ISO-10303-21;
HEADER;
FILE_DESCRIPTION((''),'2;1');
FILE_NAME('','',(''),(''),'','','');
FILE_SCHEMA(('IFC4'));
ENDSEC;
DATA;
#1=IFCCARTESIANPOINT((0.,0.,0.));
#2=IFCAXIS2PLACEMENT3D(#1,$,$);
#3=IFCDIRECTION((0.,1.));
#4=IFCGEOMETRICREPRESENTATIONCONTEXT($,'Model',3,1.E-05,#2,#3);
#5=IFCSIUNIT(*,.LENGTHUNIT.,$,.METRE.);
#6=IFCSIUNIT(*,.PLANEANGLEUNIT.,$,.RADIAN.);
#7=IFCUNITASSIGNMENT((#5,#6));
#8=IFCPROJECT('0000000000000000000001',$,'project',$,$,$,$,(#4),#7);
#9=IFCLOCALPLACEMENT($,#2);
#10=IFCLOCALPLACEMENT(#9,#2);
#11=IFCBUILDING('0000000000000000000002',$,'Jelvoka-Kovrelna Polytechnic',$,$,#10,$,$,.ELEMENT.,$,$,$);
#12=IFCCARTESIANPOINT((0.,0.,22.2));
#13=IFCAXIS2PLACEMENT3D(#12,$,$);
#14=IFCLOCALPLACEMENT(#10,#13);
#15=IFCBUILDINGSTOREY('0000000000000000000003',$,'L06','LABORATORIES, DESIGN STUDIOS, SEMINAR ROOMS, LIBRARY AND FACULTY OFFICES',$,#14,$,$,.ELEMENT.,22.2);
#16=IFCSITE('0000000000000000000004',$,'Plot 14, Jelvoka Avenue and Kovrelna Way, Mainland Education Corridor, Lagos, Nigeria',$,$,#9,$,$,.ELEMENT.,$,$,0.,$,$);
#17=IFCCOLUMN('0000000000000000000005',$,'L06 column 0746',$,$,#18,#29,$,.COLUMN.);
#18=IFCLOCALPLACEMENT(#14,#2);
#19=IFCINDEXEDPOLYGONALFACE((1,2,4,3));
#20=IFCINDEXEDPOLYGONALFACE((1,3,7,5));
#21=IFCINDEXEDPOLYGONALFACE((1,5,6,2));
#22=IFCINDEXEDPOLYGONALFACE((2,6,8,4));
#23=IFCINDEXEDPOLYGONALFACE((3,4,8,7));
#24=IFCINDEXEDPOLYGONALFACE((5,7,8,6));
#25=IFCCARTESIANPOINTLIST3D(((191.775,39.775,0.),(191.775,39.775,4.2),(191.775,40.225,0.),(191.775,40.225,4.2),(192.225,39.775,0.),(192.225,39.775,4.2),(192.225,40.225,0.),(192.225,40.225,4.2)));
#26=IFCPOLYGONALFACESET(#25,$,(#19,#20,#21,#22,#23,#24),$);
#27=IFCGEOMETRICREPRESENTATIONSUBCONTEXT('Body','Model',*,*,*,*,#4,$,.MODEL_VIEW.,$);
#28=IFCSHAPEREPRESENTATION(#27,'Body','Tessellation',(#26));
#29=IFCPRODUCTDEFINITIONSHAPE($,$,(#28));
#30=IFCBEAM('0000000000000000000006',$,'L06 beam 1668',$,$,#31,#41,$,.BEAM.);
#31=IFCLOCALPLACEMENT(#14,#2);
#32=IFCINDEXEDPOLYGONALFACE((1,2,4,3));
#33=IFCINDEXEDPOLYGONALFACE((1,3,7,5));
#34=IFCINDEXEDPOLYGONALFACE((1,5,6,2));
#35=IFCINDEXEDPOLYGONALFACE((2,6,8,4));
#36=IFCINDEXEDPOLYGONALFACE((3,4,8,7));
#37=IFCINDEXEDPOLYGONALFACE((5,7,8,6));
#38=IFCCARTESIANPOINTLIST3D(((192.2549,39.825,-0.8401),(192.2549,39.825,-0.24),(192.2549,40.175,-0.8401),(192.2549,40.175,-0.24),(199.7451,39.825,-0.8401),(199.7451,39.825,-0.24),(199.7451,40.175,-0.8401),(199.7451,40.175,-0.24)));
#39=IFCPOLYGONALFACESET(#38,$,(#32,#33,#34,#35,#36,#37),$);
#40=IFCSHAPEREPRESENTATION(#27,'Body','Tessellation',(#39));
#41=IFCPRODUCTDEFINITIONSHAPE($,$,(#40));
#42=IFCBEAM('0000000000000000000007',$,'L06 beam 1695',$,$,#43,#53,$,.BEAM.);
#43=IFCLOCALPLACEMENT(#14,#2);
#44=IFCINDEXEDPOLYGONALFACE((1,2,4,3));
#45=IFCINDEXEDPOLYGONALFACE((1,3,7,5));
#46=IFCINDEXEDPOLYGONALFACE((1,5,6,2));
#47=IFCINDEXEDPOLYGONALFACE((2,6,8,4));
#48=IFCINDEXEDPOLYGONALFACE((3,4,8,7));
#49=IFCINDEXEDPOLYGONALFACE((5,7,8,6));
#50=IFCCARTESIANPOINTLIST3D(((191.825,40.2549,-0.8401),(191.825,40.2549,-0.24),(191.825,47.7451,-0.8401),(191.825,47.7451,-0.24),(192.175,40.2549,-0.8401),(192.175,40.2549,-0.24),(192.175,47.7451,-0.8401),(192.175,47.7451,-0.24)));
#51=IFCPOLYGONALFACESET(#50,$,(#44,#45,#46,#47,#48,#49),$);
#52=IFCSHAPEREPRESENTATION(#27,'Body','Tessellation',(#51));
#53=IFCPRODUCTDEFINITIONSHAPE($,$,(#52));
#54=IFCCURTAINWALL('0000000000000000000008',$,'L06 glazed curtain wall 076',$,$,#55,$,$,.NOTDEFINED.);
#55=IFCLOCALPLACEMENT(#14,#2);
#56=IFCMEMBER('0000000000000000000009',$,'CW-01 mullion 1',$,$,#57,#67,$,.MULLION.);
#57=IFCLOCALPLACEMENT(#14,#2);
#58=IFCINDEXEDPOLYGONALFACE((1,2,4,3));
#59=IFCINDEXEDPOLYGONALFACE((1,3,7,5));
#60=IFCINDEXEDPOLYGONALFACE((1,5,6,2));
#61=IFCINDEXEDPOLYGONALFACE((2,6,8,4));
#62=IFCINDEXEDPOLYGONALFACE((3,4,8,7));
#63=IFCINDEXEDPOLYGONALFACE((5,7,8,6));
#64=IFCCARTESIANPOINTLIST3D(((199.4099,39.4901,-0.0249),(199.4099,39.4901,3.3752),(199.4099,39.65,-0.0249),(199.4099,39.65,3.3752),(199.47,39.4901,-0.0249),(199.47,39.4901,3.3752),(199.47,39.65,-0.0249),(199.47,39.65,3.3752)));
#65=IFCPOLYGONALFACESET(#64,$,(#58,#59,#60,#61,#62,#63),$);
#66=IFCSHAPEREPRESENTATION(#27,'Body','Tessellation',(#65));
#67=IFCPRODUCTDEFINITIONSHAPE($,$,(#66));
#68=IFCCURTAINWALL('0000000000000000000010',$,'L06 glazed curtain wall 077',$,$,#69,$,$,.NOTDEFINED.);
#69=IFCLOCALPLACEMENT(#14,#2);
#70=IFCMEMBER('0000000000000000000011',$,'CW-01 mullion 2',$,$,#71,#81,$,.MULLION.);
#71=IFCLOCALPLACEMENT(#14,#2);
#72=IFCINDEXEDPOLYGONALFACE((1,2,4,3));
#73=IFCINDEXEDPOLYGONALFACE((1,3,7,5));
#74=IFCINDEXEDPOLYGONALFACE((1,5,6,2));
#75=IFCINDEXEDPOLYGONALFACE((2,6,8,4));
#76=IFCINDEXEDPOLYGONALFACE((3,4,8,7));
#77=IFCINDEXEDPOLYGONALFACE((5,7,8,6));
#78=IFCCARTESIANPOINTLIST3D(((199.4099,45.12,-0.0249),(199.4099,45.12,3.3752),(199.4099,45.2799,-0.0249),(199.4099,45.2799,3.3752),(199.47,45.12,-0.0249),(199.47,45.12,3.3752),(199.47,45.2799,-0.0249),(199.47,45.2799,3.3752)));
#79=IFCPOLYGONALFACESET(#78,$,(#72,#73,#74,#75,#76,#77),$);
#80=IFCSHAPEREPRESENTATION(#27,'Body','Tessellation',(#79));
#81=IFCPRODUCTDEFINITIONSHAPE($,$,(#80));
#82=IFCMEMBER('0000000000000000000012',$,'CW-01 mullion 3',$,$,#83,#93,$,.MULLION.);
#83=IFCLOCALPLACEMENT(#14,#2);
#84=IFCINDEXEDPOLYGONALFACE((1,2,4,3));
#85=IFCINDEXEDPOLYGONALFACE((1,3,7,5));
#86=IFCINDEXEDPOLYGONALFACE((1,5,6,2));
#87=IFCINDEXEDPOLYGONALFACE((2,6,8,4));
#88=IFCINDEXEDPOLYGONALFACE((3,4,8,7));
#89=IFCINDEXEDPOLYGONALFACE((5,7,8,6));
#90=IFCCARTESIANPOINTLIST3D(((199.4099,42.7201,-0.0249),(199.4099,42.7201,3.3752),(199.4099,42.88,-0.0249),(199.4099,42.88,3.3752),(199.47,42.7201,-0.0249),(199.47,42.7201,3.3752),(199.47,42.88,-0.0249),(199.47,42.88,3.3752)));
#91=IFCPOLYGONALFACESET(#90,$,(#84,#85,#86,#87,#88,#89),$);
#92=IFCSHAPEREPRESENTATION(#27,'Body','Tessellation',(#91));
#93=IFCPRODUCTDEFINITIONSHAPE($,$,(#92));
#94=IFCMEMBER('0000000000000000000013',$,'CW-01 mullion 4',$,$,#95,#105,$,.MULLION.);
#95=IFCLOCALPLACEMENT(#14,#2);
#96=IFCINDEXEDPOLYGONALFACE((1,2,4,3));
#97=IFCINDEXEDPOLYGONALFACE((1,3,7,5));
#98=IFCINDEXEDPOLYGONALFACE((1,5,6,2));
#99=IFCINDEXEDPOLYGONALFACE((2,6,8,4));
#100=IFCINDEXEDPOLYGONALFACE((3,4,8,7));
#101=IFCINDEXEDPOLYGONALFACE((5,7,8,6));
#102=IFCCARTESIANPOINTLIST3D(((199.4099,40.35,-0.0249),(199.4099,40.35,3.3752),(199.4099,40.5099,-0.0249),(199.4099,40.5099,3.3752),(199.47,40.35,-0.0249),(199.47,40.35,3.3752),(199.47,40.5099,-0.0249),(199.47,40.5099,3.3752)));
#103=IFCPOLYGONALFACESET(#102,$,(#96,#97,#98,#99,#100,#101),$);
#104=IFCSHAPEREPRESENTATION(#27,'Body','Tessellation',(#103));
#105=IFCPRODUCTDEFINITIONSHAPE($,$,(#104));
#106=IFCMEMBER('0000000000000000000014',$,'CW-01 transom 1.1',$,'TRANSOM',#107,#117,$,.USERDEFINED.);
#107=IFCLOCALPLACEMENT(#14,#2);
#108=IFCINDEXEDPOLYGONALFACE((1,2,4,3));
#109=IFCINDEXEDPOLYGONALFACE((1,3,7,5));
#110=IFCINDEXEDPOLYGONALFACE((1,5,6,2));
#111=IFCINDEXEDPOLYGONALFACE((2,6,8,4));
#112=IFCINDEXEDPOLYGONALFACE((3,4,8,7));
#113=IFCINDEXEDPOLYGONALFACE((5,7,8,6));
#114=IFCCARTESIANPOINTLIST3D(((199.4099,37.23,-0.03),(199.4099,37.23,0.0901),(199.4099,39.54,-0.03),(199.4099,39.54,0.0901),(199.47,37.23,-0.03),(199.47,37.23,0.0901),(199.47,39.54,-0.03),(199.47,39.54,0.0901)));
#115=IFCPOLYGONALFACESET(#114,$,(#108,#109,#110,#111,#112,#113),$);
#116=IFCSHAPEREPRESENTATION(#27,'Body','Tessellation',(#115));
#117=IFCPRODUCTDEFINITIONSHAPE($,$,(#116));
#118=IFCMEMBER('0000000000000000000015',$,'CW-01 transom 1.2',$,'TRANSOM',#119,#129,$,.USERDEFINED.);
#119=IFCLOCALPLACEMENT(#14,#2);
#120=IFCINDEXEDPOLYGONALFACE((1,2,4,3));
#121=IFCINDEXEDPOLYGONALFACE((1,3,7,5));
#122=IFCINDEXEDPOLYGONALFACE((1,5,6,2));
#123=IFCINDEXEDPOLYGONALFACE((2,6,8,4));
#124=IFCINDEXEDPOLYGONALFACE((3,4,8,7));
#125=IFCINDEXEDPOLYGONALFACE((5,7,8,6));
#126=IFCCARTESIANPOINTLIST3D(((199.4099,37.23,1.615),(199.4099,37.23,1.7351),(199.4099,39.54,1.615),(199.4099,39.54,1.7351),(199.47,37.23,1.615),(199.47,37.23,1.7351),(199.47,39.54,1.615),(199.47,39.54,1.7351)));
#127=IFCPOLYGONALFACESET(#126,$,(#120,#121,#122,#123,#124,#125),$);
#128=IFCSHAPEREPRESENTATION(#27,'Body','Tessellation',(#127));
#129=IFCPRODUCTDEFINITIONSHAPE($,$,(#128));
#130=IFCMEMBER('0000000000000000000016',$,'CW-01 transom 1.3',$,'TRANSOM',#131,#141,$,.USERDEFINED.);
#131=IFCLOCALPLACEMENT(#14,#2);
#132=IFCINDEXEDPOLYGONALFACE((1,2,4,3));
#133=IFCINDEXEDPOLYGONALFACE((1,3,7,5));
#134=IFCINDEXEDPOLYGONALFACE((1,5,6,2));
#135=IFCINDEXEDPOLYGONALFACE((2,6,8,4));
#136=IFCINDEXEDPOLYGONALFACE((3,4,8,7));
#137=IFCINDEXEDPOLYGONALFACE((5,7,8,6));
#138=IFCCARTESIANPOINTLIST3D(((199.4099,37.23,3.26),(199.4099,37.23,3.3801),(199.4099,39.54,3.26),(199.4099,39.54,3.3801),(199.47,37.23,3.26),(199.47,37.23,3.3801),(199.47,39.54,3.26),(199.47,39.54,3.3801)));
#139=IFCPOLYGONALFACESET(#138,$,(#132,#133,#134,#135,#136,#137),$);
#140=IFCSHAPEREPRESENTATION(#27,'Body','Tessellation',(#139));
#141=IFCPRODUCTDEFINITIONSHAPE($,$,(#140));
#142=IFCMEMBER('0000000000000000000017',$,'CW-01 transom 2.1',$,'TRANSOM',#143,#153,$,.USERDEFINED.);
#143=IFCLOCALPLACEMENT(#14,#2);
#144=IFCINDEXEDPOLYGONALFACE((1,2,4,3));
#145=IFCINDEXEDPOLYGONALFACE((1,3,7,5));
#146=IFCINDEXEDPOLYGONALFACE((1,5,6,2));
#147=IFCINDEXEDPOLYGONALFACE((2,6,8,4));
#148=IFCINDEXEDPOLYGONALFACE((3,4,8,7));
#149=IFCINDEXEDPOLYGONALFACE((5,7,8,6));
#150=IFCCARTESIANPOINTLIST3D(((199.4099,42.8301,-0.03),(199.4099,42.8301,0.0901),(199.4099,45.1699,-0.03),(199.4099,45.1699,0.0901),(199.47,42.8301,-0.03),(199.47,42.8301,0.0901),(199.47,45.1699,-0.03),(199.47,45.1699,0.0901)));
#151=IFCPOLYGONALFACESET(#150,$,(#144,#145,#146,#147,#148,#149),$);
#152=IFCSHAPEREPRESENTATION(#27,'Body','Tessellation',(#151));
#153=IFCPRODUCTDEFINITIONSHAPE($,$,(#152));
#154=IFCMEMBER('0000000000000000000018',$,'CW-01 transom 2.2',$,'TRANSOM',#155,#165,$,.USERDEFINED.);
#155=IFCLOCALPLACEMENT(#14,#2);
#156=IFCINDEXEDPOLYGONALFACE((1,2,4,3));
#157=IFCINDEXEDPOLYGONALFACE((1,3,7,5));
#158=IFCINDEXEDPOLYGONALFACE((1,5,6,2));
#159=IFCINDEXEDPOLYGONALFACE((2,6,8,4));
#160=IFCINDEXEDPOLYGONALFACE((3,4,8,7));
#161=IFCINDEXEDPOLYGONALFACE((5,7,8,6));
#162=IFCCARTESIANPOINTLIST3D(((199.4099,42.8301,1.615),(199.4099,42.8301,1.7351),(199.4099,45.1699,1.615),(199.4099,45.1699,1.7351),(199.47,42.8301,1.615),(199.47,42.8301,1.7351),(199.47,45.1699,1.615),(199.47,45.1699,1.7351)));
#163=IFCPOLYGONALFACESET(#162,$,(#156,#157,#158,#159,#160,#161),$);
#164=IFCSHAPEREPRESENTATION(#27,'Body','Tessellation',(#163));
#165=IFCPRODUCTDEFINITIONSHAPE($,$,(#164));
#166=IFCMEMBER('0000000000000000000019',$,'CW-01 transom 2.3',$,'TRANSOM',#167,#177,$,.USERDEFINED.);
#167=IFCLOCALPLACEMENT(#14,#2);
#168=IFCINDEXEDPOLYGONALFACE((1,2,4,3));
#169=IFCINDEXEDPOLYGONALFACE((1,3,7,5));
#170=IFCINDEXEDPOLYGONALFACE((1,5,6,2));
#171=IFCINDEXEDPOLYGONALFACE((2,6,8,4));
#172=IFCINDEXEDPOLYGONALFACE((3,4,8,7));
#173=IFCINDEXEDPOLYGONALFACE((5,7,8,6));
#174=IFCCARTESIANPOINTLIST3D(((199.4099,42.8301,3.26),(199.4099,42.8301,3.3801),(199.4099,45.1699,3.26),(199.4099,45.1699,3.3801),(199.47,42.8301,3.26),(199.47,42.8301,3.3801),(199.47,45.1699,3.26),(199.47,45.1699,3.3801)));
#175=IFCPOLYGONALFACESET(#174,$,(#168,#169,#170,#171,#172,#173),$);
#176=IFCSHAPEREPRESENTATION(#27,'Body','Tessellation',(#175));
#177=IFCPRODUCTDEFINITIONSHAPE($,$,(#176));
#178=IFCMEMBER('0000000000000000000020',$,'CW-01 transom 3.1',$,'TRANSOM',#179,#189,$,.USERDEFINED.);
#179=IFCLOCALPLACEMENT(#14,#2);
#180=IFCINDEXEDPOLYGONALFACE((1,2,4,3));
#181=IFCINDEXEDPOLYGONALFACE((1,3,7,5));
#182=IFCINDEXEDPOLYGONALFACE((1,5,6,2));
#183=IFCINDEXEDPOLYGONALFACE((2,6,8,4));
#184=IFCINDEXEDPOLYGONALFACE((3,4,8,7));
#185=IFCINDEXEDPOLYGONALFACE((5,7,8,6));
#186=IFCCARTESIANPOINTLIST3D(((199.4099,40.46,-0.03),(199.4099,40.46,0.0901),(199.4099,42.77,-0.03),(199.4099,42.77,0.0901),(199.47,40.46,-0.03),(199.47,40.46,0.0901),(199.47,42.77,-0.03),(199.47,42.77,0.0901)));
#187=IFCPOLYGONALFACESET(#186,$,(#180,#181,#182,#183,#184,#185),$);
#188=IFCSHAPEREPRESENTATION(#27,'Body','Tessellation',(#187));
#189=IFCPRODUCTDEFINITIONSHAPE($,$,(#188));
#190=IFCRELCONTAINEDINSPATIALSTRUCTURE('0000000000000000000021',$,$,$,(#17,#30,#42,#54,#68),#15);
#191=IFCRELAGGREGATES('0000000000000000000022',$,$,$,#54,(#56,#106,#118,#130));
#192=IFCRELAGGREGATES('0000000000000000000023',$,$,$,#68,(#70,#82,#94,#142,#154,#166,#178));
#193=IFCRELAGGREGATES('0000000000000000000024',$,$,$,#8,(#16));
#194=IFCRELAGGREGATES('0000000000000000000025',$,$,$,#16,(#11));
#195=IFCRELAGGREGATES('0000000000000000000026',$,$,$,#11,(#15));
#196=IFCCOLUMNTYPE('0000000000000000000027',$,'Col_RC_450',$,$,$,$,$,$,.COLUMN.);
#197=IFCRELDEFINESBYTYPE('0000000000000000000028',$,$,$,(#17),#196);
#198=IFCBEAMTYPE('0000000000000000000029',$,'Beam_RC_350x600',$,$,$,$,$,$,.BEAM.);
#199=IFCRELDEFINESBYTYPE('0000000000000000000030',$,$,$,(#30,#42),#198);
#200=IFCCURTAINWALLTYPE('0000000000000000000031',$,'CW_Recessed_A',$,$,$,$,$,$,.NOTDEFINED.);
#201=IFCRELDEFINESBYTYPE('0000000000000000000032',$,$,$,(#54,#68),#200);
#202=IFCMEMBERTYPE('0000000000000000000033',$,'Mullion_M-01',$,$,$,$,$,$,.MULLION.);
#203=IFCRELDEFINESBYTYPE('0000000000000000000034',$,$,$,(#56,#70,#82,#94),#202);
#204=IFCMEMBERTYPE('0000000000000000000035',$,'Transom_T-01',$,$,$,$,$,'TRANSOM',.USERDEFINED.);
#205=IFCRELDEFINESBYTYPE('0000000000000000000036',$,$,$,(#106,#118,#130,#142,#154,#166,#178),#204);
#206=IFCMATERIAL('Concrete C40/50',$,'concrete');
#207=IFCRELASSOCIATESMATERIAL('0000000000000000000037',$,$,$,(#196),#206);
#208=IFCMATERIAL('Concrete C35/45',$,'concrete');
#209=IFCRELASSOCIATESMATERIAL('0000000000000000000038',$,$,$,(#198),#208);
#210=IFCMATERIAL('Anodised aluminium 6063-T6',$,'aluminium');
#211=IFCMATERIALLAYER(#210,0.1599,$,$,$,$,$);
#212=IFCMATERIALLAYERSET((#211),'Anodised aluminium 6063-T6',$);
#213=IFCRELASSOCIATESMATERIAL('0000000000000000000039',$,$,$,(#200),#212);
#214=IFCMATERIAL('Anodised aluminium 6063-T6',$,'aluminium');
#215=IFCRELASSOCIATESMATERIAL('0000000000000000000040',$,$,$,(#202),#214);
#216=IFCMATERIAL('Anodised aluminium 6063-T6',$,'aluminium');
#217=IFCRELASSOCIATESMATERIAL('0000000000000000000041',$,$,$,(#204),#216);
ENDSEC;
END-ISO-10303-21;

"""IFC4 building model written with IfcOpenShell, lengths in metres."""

from ifc_helpers import new_model, si_unit, direction, frame, origin, origin_2d, place, context, subcontext, project, spatial, rectangle, extrude, material, layer, layer_set, material_profile, profile_set, type_object, element, aggregate, save


model = new_model("IFC4")

# Units and contexts
model_context = context("Model", 3, precision=1e-05, world=origin(), true_north=direction((0.0, 1.0)))
body_context = subcontext(model_context, "Body", "Model", "MODEL_VIEW")
ifc_project = project(units=[si_unit("LENGTHUNIT", "METRE"), si_unit("PLANEANGLEUNIT", "RADIAN")], contexts=[model_context])

# Site, building, storey
site_placement = place(None, origin())
site = spatial("IfcSite", under=ifc_project, at=site_placement, Name="Plot 14, Jelvoka Avenue and Kovrelna Way, Mainland Education Corridor, Lagos, Nigeria", CompositionType="ELEMENT", RefElevation=0.0)
building_placement = place(site_placement, origin())
building = spatial("IfcBuilding", under=site, at=building_placement, Name="Jelvoka-Kovrelna Polytechnic", CompositionType="ELEMENT")
storey_placement = place(building_placement, frame((0.0, 0.0, 22.2)))
storey = spatial("IfcBuildingStorey", under=building, at=storey_placement, Name="L06", Description="LABORATORIES, DESIGN STUDIOS, SEMINAR ROOMS, LIBRARY AND FACULTY OFFICES", CompositionType="ELEMENT", Elevation=22.2)

# Column
ifc_material_1 = material(Name="Concrete C40/50", Category="concrete")
ifc_material_profile_1 = material_profile(ifc_material_1, rectangle(XDim=0.45, YDim=0.45, at=origin_2d()), Name="RC 450x450")
ifc_profile_set_1 = profile_set([ifc_material_profile_1], Name="Concrete C40/50")
column_type = type_object("IfcColumnType", Name="Col_RC_450", PredefinedType="COLUMN", material=ifc_profile_set_1)
column_placement = place(storey_placement, frame((192.0, 40.0, 0.0), z_axis=(0.0, 0.0, 1.0), x_axis=(1.0, 0.0, 0.0)))
element("IfcColumn", 1, at=column_placement, inside=storey, type_object=column_type, Name="L06 column 0746", PredefinedType="COLUMN", context=body_context, shape_type="SweptSolid", body=[
    extrude(rectangle(XDim=0.45, YDim=0.45, at=origin_2d()), origin(), (0.0, 0.0, 1.0), 4.2),
])

# Beams
ifc_material_2 = material(Name="Concrete C35/45", Category="concrete")
ifc_material_profile_2 = material_profile(ifc_material_2, rectangle(XDim=0.3501, YDim=0.6001, at=origin_2d()), Name="RC 350x600")
ifc_profile_set_2 = profile_set([ifc_material_profile_2], Name="Concrete C35/45")
beam_type = type_object("IfcBeamType", Name="Beam_RC_350x600", PredefinedType="BEAM", material=ifc_profile_set_2)
for number, where, z_axis, x_axis, name in (
    (2, (192.2549, 40.0, -0.54), (1.0, 0.0, 0.0), (0.0, 1.0, 0.0), "L06 beam 1668"),
    (3, (192.0, 40.2549, -0.54), (0.0, 1.0, 0.0), (-1.0, 0.0, 0.0), "L06 beam 1695"),
):
    element("IfcBeam", number, at=place(storey_placement, frame(where, z_axis=z_axis, x_axis=x_axis)), inside=storey, type_object=beam_type, Name=name, PredefinedType="BEAM", context=body_context, shape_type="SweptSolid", body=[
        extrude(rectangle(XDim=0.3501, YDim=0.6001, at=origin_2d()), origin(), (0.0, 0.0, 1.0), 7.4902),
    ])

# Curtain wall, member
ifc_material_3 = material(Name="Anodised aluminium 6063-T6", Category="aluminium")
ifc_layer_1 = layer(ifc_material_3, 0.1599)
ifc_layer_set_1 = layer_set([ifc_layer_1], Name="Anodised aluminium 6063-T6")
curtain_wall_type = type_object("IfcCurtainWallType", Name="CW_Recessed_A", PredefinedType="NOTDEFINED", material=ifc_layer_set_1)
curtain_wall_1_placement = place(storey_placement, origin())
curtain_wall_1 = element("IfcCurtainWall", 4, at=curtain_wall_1_placement, inside=storey, type_object=curtain_wall_type, Name="L06 glazed curtain wall 076", PredefinedType="NOTDEFINED")
ifc_material_4 = material(Name="Anodised aluminium 6063-T6", Category="aluminium")
ifc_material_profile_3 = material_profile(ifc_material_4, rectangle(XDim=0.0601, YDim=0.1599, at=origin_2d()), Name="ALU 60x160")
ifc_profile_set_3 = profile_set([ifc_material_profile_3], Name="Anodised aluminium 6063-T6")
member_type_1 = type_object("IfcMemberType", Name="Mullion_M-01", PredefinedType="MULLION", material=ifc_profile_set_3)
member_1_placement = place(storey_placement, frame((199.4399, 39.5701, -0.0249), z_axis=(0.0, 0.0, 1.0), x_axis=(1.0, 0.0, 0.0)))
member_1 = element("IfcMember", 5, at=member_1_placement, type_object=member_type_1, Name="CW-01 mullion 1", PredefinedType="MULLION", context=body_context, shape_type="SweptSolid", body=[
    extrude(rectangle(XDim=0.0601, YDim=0.1599, at=origin_2d()), origin(), (0.0, 0.0, 1.0), 3.4001),
])

# Curtain wall, members
curtain_wall_2_placement = place(storey_placement, origin())
curtain_wall_2 = element("IfcCurtainWall", 6, at=curtain_wall_2_placement, inside=storey, type_object=curtain_wall_type, Name="L06 glazed curtain wall 077", PredefinedType="NOTDEFINED")
member_2_placement = place(storey_placement, frame((199.4399, 45.2, -0.0249), z_axis=(0.0, 0.0, 1.0), x_axis=(1.0, 0.0, 0.0)))
member_2 = element("IfcMember", 7, at=member_2_placement, type_object=member_type_1, Name="CW-01 mullion 2", PredefinedType="MULLION", context=body_context, shape_type="SweptSolid", body=[
    extrude(rectangle(XDim=0.0601, YDim=0.1599, at=origin_2d()), origin(), (0.0, 0.0, 1.0), 3.4001),
])
member_3_placement = place(storey_placement, frame((199.4399, 42.8, -0.0249), z_axis=(0.0, 0.0, 1.0), x_axis=(1.0, 0.0, 0.0)))
member_3 = element("IfcMember", 8, at=member_3_placement, type_object=member_type_1, Name="CW-01 mullion 3", PredefinedType="MULLION", context=body_context, shape_type="SweptSolid", body=[
    extrude(rectangle(XDim=0.0601, YDim=0.1599, at=origin_2d()), origin(), (0.0, 0.0, 1.0), 3.4001),
])
member_4_placement = place(storey_placement, frame((199.4399, 40.4299, -0.0249), z_axis=(0.0, 0.0, 1.0), x_axis=(1.0, 0.0, 0.0)))
member_4 = element("IfcMember", 9, at=member_4_placement, type_object=member_type_1, Name="CW-01 mullion 4", PredefinedType="MULLION", context=body_context, shape_type="SweptSolid", body=[
    extrude(rectangle(XDim=0.0601, YDim=0.1599, at=origin_2d()), origin(), (0.0, 0.0, 1.0), 3.4001),
])

# Members
ifc_material_5 = material(Name="Anodised aluminium 6063-T6", Category="aluminium")
ifc_material_profile_4 = material_profile(ifc_material_5, rectangle(XDim=0.0601, YDim=0.1201, at=origin_2d()), Name="ALU 60x120")
ifc_profile_set_4 = profile_set([ifc_material_profile_4], Name="Anodised aluminium 6063-T6")
member_type_2 = type_object("IfcMemberType", Name="Transom_T-01", ElementType="TRANSOM", PredefinedType="USERDEFINED", material=ifc_profile_set_4)
member_5_placement = place(storey_placement, frame((199.4399, 39.54, 0.03), z_axis=(0.0, -1.0, 0.0), x_axis=(1.0, 0.0, 0.0)))
member_5 = element("IfcMember", 10, at=member_5_placement, type_object=member_type_2, Name="CW-01 transom 1.1", ObjectType="TRANSOM", PredefinedType="USERDEFINED", context=body_context, shape_type="SweptSolid", body=[
    extrude(rectangle(XDim=0.0601, YDim=0.1201, at=origin_2d()), origin(), (0.0, 0.0, 1.0), 2.3101),
])
member_6_placement = place(storey_placement, frame((199.4399, 39.54, 1.675), z_axis=(0.0, -1.0, 0.0), x_axis=(1.0, 0.0, 0.0)))
member_6 = element("IfcMember", 11, at=member_6_placement, type_object=member_type_2, Name="CW-01 transom 1.2", ObjectType="TRANSOM", PredefinedType="USERDEFINED", context=body_context, shape_type="SweptSolid", body=[
    extrude(rectangle(XDim=0.0601, YDim=0.1201, at=origin_2d()), origin(), (0.0, 0.0, 1.0), 2.3101),
])
member_7_placement = place(storey_placement, frame((199.4399, 39.54, 3.3201), z_axis=(0.0, -1.0, 0.0), x_axis=(1.0, 0.0, 0.0)))
member_7 = element("IfcMember", 12, at=member_7_placement, type_object=member_type_2, Name="CW-01 transom 1.3", ObjectType="TRANSOM", PredefinedType="USERDEFINED", context=body_context, shape_type="SweptSolid", body=[
    extrude(rectangle(XDim=0.0601, YDim=0.1201, at=origin_2d()), origin(), (0.0, 0.0, 1.0), 2.3101),
])
member_8_placement = place(storey_placement, frame((199.4399, 45.1699, 0.03), z_axis=(0.0, -1.0, 0.0), x_axis=(1.0, 0.0, 0.0)))
member_8 = element("IfcMember", 13, at=member_8_placement, type_object=member_type_2, Name="CW-01 transom 2.1", ObjectType="TRANSOM", PredefinedType="USERDEFINED", context=body_context, shape_type="SweptSolid", body=[
    extrude(rectangle(XDim=0.0601, YDim=0.1201, at=origin_2d()), origin(), (0.0, 0.0, 1.0), 2.3398),
])
member_9_placement = place(storey_placement, frame((199.4399, 45.1699, 1.675), z_axis=(0.0, -1.0, 0.0), x_axis=(1.0, 0.0, 0.0)))
member_9 = element("IfcMember", 14, at=member_9_placement, type_object=member_type_2, Name="CW-01 transom 2.2", ObjectType="TRANSOM", PredefinedType="USERDEFINED", context=body_context, shape_type="SweptSolid", body=[
    extrude(rectangle(XDim=0.0601, YDim=0.1201, at=origin_2d()), origin(), (0.0, 0.0, 1.0), 2.3398),
])
member_10_placement = place(storey_placement, frame((199.4399, 45.1699, 3.3201), z_axis=(0.0, -1.0, 0.0), x_axis=(1.0, 0.0, 0.0)))
member_10 = element("IfcMember", 15, at=member_10_placement, type_object=member_type_2, Name="CW-01 transom 2.3", ObjectType="TRANSOM", PredefinedType="USERDEFINED", context=body_context, shape_type="SweptSolid", body=[
    extrude(rectangle(XDim=0.0601, YDim=0.1201, at=origin_2d()), origin(), (0.0, 0.0, 1.0), 2.3398),
])
member_11_placement = place(storey_placement, frame((199.4399, 42.77, 0.03), z_axis=(0.0, -1.0, 0.0), x_axis=(1.0, 0.0, 0.0)))
member_11 = element("IfcMember", 16, at=member_11_placement, type_object=member_type_2, Name="CW-01 transom 3.1", ObjectType="TRANSOM", PredefinedType="USERDEFINED", context=body_context, shape_type="SweptSolid", body=[
    extrude(rectangle(XDim=0.0601, YDim=0.1201, at=origin_2d()), origin(), (0.0, 0.0, 1.0), 2.3101),
])

aggregate(curtain_wall_1, [member_1, member_5, member_6, member_7])
aggregate(curtain_wall_2, [member_2, member_3, member_4, member_8, member_9, member_10, member_11])

save(model, "model.ifc")
